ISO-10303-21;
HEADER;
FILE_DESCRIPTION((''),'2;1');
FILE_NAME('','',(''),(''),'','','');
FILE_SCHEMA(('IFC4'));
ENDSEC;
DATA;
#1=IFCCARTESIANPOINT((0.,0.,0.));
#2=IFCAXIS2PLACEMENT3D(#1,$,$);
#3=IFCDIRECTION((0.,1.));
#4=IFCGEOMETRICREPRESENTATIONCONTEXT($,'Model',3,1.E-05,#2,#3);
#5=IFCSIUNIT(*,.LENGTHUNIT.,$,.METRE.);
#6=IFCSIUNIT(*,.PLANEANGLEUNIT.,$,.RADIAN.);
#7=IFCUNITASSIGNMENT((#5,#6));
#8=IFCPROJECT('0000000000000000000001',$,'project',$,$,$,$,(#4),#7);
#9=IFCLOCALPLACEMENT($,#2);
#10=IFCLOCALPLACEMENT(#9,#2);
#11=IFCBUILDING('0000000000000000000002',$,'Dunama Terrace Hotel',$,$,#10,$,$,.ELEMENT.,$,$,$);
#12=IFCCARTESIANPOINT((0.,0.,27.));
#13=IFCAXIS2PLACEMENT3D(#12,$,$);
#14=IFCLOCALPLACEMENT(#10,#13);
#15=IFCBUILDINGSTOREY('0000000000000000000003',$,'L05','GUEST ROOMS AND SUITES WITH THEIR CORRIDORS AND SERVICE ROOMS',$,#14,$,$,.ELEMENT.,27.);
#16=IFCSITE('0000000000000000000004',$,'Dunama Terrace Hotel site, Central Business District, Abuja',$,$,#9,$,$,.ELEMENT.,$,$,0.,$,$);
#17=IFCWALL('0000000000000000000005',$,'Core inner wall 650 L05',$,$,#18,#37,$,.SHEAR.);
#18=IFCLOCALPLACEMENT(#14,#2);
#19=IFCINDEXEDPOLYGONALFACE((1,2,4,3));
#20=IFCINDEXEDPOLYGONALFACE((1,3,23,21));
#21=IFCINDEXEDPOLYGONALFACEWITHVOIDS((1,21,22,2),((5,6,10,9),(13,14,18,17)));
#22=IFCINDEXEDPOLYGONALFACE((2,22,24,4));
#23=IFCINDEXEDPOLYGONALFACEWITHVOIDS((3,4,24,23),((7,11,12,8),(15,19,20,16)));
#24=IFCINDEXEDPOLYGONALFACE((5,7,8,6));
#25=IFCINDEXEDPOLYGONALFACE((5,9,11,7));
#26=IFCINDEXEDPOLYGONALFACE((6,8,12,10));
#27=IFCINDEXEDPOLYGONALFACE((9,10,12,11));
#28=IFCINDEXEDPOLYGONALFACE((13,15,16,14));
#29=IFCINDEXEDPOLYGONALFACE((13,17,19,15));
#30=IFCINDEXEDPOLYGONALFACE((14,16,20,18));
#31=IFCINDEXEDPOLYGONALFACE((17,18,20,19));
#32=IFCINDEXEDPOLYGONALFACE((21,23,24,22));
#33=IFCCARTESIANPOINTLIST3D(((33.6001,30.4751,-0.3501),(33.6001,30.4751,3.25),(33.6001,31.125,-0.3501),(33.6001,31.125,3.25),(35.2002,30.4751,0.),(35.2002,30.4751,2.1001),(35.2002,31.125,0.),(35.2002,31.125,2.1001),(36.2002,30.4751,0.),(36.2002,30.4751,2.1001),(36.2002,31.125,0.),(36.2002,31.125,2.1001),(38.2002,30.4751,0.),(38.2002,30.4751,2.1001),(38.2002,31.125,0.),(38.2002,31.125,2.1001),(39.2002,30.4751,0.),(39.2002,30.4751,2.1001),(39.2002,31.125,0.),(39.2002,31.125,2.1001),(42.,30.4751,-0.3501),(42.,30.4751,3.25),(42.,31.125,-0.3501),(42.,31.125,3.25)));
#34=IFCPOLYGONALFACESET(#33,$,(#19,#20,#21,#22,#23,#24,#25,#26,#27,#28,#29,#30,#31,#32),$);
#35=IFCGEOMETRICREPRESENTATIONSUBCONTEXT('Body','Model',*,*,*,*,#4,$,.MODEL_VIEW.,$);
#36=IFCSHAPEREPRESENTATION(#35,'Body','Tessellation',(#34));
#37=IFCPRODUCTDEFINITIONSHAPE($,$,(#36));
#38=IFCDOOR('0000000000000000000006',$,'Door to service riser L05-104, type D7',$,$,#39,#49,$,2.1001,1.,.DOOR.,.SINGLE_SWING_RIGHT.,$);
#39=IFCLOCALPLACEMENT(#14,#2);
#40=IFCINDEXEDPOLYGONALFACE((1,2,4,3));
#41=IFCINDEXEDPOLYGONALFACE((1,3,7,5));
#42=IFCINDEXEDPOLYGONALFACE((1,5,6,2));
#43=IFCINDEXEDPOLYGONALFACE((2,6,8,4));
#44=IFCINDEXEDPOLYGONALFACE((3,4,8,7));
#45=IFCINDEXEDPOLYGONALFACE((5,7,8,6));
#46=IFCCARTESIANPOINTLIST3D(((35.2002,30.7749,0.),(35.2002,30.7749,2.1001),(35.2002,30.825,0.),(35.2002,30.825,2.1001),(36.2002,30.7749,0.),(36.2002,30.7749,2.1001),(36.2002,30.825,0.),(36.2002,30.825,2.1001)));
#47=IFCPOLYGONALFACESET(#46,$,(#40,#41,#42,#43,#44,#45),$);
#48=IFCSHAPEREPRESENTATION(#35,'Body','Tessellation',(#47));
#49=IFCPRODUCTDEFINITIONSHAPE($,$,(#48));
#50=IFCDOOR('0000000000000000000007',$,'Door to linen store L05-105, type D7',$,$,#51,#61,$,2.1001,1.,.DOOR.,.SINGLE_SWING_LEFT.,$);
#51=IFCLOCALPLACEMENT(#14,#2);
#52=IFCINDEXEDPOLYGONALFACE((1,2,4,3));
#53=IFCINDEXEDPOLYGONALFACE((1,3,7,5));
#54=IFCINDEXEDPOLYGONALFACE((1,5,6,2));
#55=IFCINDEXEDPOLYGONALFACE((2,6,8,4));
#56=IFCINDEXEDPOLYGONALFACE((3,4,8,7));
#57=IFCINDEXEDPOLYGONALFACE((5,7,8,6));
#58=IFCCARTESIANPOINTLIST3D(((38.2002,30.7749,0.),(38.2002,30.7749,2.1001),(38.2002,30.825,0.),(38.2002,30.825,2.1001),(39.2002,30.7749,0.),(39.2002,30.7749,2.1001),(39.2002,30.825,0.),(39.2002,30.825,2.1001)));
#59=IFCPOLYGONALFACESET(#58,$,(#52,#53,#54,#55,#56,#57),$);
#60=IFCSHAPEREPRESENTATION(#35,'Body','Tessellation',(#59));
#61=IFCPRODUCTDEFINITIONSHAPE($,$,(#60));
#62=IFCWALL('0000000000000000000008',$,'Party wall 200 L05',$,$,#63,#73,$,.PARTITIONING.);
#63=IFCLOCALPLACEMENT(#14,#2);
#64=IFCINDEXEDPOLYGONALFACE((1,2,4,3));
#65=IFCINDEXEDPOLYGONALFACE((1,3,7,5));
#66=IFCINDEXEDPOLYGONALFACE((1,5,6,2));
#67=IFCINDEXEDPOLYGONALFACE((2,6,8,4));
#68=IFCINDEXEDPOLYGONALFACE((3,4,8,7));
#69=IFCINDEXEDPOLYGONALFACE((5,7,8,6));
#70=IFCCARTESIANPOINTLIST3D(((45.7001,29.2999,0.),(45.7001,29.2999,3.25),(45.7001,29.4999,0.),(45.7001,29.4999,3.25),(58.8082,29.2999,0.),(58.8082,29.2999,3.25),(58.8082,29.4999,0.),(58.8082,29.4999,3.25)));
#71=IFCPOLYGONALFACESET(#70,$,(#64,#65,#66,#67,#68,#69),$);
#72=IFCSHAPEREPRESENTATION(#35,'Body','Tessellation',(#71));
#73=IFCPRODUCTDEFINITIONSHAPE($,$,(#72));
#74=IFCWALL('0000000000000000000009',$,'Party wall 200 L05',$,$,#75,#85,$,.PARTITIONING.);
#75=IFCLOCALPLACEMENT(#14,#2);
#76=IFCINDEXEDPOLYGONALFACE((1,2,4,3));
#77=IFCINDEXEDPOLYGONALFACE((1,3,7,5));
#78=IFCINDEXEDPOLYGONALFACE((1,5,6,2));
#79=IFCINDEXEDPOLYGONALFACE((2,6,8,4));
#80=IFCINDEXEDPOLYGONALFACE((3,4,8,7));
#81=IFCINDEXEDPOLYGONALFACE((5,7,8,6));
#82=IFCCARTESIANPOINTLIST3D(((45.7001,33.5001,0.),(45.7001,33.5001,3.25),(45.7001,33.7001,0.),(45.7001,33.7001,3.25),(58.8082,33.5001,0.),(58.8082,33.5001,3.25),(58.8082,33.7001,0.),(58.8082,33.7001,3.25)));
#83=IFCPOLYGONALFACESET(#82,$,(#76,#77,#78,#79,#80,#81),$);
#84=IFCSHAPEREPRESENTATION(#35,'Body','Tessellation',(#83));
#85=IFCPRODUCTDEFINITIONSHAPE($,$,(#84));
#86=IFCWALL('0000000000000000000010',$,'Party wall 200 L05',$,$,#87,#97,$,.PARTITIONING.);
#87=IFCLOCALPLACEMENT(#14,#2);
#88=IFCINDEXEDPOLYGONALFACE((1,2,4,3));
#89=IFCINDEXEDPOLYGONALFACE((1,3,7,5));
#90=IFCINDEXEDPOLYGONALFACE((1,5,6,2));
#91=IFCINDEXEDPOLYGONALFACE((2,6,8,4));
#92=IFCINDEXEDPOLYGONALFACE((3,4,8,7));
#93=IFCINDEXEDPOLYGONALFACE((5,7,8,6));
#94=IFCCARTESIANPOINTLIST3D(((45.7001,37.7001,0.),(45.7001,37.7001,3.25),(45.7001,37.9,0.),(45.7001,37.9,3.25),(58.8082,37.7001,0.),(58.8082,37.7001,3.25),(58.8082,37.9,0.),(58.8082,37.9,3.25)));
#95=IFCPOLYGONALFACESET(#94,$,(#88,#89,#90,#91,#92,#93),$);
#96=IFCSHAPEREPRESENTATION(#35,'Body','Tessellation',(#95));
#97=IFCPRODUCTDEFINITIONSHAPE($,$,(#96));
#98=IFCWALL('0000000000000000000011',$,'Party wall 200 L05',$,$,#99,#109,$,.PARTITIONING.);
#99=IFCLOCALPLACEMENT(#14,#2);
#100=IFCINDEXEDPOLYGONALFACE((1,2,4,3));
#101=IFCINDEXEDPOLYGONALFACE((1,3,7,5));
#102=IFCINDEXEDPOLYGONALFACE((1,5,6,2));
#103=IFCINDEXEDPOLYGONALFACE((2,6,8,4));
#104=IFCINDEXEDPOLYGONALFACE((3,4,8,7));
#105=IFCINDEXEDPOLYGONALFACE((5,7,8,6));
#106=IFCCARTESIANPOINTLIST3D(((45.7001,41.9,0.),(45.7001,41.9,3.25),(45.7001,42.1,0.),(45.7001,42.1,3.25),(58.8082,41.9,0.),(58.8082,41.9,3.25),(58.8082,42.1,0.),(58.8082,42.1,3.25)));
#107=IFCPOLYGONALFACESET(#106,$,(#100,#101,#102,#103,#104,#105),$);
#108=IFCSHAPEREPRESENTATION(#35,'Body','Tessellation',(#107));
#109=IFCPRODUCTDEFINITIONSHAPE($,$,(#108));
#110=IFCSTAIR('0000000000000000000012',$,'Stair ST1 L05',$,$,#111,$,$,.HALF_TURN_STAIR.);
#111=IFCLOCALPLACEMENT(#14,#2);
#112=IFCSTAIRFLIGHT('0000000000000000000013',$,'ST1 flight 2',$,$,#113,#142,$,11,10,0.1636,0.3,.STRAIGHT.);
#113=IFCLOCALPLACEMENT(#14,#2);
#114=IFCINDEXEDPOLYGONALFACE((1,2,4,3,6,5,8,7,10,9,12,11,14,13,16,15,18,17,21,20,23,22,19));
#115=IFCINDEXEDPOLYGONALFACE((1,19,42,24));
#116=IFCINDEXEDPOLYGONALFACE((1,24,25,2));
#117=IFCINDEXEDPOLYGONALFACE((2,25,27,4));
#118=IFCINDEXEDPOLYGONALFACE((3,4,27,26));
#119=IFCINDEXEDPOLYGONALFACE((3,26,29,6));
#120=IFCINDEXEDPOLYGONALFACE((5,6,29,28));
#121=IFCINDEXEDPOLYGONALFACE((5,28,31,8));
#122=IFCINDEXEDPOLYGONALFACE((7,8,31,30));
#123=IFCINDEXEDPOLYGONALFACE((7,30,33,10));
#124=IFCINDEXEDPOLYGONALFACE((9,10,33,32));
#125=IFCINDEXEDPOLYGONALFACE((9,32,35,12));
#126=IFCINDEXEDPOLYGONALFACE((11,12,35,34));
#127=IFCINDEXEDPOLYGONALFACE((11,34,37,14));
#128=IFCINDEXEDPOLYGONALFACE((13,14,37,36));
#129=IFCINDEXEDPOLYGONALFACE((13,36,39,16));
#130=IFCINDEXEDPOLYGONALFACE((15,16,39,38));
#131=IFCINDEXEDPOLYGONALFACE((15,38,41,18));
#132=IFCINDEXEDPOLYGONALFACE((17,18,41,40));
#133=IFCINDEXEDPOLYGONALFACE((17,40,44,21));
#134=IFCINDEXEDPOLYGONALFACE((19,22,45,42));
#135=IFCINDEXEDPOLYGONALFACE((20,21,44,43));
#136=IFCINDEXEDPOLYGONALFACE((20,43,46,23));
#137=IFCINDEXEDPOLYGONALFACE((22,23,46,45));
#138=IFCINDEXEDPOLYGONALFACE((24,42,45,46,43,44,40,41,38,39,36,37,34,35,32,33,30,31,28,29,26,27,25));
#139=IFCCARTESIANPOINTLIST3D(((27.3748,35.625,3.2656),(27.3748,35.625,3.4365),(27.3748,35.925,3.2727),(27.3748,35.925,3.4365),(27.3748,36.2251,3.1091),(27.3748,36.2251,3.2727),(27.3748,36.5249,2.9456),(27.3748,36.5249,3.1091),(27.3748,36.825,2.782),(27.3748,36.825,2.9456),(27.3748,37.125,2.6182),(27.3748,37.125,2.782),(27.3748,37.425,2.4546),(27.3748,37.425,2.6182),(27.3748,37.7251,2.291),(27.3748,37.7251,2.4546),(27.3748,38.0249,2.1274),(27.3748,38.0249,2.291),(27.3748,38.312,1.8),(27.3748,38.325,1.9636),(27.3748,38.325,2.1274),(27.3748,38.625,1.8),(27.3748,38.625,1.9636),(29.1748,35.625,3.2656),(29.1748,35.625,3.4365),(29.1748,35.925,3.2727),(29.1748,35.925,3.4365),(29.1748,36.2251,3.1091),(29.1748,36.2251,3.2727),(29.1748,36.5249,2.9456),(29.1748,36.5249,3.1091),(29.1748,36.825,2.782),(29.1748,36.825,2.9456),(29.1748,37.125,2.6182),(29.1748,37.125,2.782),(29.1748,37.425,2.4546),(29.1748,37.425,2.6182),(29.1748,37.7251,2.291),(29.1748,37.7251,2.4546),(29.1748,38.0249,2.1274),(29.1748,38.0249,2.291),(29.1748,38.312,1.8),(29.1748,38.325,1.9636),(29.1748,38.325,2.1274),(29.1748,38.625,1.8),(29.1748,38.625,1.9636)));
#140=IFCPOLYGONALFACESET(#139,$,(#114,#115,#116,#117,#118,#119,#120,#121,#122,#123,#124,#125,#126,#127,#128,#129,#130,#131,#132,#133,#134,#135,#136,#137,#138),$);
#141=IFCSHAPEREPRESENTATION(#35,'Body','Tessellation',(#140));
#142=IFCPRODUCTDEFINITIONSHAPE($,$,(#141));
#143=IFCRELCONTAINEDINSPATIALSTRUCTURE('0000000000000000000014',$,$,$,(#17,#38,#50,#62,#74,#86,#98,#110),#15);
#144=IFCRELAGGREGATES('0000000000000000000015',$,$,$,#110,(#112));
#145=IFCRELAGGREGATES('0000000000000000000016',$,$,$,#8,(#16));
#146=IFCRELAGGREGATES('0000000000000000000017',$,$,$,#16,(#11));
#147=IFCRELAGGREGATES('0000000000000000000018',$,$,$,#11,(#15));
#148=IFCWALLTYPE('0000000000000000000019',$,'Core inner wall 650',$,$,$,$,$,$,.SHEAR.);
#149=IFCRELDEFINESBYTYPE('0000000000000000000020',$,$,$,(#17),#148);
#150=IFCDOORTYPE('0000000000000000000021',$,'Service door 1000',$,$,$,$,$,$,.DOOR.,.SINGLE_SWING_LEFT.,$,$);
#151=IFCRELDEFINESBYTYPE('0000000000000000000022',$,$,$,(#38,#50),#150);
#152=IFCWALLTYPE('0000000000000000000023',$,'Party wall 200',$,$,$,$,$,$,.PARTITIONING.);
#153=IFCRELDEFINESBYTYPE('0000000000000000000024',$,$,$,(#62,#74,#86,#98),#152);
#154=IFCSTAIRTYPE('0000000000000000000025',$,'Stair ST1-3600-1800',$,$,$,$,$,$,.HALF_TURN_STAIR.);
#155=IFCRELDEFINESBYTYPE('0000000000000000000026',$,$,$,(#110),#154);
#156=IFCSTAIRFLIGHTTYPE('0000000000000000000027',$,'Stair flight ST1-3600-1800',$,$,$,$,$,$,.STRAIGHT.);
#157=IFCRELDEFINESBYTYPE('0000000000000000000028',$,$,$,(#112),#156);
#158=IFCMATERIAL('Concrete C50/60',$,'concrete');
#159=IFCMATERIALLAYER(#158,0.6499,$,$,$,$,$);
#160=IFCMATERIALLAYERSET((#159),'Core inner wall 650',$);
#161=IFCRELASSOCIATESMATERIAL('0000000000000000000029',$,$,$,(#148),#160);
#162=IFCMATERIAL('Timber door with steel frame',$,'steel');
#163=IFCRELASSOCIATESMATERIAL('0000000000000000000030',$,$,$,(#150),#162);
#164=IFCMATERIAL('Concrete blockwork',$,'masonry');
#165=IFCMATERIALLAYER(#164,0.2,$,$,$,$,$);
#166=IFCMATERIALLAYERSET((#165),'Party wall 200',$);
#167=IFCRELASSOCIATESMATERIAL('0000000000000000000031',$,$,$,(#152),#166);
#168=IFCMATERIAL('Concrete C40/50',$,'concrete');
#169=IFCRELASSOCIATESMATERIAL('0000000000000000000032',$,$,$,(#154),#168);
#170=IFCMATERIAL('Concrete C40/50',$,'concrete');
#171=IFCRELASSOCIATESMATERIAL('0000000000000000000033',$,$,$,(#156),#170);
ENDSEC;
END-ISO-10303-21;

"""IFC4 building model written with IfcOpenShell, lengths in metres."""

from ifc_helpers import new_model, si_unit, direction, frame, frame_2d, origin, place, context, subcontext, project, spatial, polyline, rectangle, outline, extrude, material, layer, layer_set, type_object, element, fill, aggregate, save


model = new_model("IFC4")

# Units and contexts
model_context = context("Model", 3, precision=1e-05, world=origin(), true_north=direction((0.0, 1.0)))
body_context = subcontext(model_context, "Body", "Model", "MODEL_VIEW")
ifc_project = project(units=[si_unit("LENGTHUNIT", "METRE"), si_unit("PLANEANGLEUNIT", "RADIAN")], contexts=[model_context])

# Site, building, storey
site_placement = place(None, origin())
site = spatial("IfcSite", under=ifc_project, at=site_placement, Name="Dunama Terrace Hotel site, Central Business District, Abuja", CompositionType="ELEMENT", RefElevation=0.0)
building_placement = place(site_placement, origin())
building = spatial("IfcBuilding", under=site, at=building_placement, Name="Dunama Terrace Hotel", CompositionType="ELEMENT")
storey_placement = place(building_placement, frame((0.0, 0.0, 27.0)))
storey = spatial("IfcBuildingStorey", under=building, at=storey_placement, Name="L05", Description="GUEST ROOMS AND SUITES WITH THEIR CORRIDORS AND SERVICE ROOMS", CompositionType="ELEMENT", Elevation=27.0)

# Wall, openings, doors
ifc_material_1 = material(Name="Concrete C50/60", Category="concrete")
ifc_layer_1 = layer(ifc_material_1, 0.6499)
ifc_layer_set_1 = layer_set([ifc_layer_1], Name="Core inner wall 650")
wall_type_1 = type_object("IfcWallType", Name="Core inner wall 650", PredefinedType="SHEAR", material=ifc_layer_set_1)
wall_1_placement = place(storey_placement, frame((33.6001, 30.8, -0.3501), z_axis=(0.0, 0.0, 1.0), x_axis=(1.0, 0.0, 0.0)))
wall_1 = element("IfcWall", 1, at=wall_1_placement, inside=storey, type_object=wall_type_1, Name="Core inner wall 650 L05", PredefinedType="SHEAR", context=body_context, shape_type="SweptSolid", body=[
    extrude(rectangle(XDim=8.3999, YDim=0.6499, at=frame_2d((4.2, 0.0))), origin(), (0.0, 0.0, 1.0), 3.6001),
])
opening_1_placement = place(wall_1_placement, frame((1.6001, 0.0, 0.3501)))
opening_1 = element("IfcOpeningElement", 2, at=opening_1_placement, cuts=wall_1, PredefinedType="OPENING", context=body_context, shape_type="SweptSolid", body=[
    extrude(rectangle(XDim=1.0, YDim=2.1001, at=frame_2d((0.5, 1.05))), frame((0.0, 0.335, 0.0), z_axis=(0.0, -1.0, 0.0), x_axis=(1.0, 0.0, 0.0)), (0.0, 0.0, 1.0), 0.6699),
])
opening_2_placement = place(wall_1_placement, frame((4.6001, 0.0, 0.3501)))
opening_2 = element("IfcOpeningElement", 3, at=opening_2_placement, cuts=wall_1, PredefinedType="OPENING", context=body_context, shape_type="SweptSolid", body=[
    extrude(rectangle(XDim=1.0, YDim=2.1001, at=frame_2d((0.5, 1.05))), frame((0.0, 0.335, 0.0), z_axis=(0.0, -1.0, 0.0), x_axis=(1.0, 0.0, 0.0)), (0.0, 0.0, 1.0), 0.6699),
])
ifc_material_2 = material(Name="Timber door with steel frame", Category="steel")
door_type_1 = type_object("IfcDoorType", Name="Service door 1000", OperationType="SINGLE_SWING_LEFT", PredefinedType="DOOR", material=ifc_material_2)
door_1_placement = place(opening_1_placement, origin())
door_1 = element("IfcDoor", 4, at=door_1_placement, inside=storey, type_object=door_type_1, Name="Door to service riser L05-104, type D7", OperationType="SINGLE_SWING_RIGHT", OverallHeight=2.1001, OverallWidth=1.0, PredefinedType="DOOR", context=body_context, shape_type="SweptSolid", body=[
    extrude(rectangle(XDim=1.0, YDim=2.1001, at=frame_2d((0.5, 1.05))), frame((0.0, 0.0249, 0.0), z_axis=(0.0, -1.0, 0.0), x_axis=(1.0, 0.0, 0.0)), (0.0, 0.0, 1.0), 0.05),
])
fill(opening_1, door_1)
door_2_placement = place(opening_2_placement, origin())
door_2 = element("IfcDoor", 5, at=door_2_placement, inside=storey, type_object=door_type_1, Name="Door to linen store L05-105, type D7", OperationType="SINGLE_SWING_LEFT", OverallHeight=2.1001, OverallWidth=1.0, PredefinedType="DOOR", context=body_context, shape_type="SweptSolid", body=[
    extrude(rectangle(XDim=1.0, YDim=2.1001, at=frame_2d((0.5, 1.05))), frame((0.0, 0.0249, 0.0), z_axis=(0.0, -1.0, 0.0), x_axis=(1.0, 0.0, 0.0)), (0.0, 0.0, 1.0), 0.05),
])
fill(opening_2, door_2)

# Walls
ifc_material_3 = material(Name="Concrete blockwork", Category="masonry")
ifc_layer_2 = layer(ifc_material_3, 0.2)
ifc_layer_set_2 = layer_set([ifc_layer_2], Name="Party wall 200")
wall_type_2 = type_object("IfcWallType", Name="Party wall 200", PredefinedType="PARTITIONING", material=ifc_layer_set_2)
for number, where, z_axis, x_axis, name in (
    (6, (45.7, 29.3999, 0.0), (0.0, 0.0, 1.0), (1.0, 0.0, 0.0), "Party wall 200 L05"),
    (7, (45.7, 33.6001, 0.0), (0.0, 0.0, 1.0), (1.0, 0.0, 0.0), "Party wall 200 L05"),
    (8, (45.7, 37.8, 0.0), (0.0, 0.0, 1.0), (1.0, 0.0, 0.0), "Party wall 200 L05"),
    (9, (45.7, 42.0, 0.0), (0.0, 0.0, 1.0), (1.0, 0.0, 0.0), "Party wall 200 L05"),
):
    element("IfcWall", number, at=place(storey_placement, frame(where, z_axis=z_axis, x_axis=x_axis)), inside=storey, type_object=wall_type_2, Name=name, PredefinedType="PARTITIONING", context=body_context, shape_type="SweptSolid", body=[
        extrude(rectangle(XDim=13.1082, YDim=0.2, at=frame_2d((6.5542, 0.0))), origin(), (0.0, 0.0, 1.0), 3.25),
    ])

# Stair, stair flight
ifc_material_4 = material(Name="Concrete C40/50", Category="concrete")
stair_type = type_object("IfcStairType", Name="Stair ST1-3600-1800", PredefinedType="HALF_TURN_STAIR", material=ifc_material_4)
stair_placement = place(storey_placement, origin())
stair = element("IfcStair", 10, at=stair_placement, inside=storey, type_object=stair_type, Name="Stair ST1 L05", PredefinedType="HALF_TURN_STAIR")
ifc_material_5 = material(Name="Concrete C40/50", Category="concrete")
stair_flight_type = type_object("IfcStairFlightType", Name="Stair flight ST1-3600-1800", PredefinedType="STRAIGHT", material=ifc_material_5)
stair_flight_placement = place(storey_placement, frame((28.2749, 38.625, 1.8), z_axis=(0.0, 0.0, 1.0), x_axis=(0.0, -1.0, 0.0)))
stair_flight = element("IfcStairFlight", 11, at=stair_flight_placement, type_object=stair_flight_type, Name="ST1 flight 2", NumberOfRisers=11, NumberOfTreads=10, PredefinedType="STRAIGHT", RiserHeight=0.1636, TreadLength=0.3, context=body_context, shape_type="SweptSolid", body=[
    extrude(outline(polyline([(0.0, 0.0), (0.0, 0.1636), (0.3, 0.1636), (0.3, 0.3274), (0.6001, 0.3274), (0.6001, 0.491), (0.8999, 0.491), (0.8999, 0.6545), (1.2, 0.6545), (1.2, 0.8181), (1.5, 0.8181), (1.5, 0.9819), (1.8, 0.9819), (1.8, 1.1455), (2.1001, 1.1455), (2.1001, 1.3091), (2.3999, 1.3091), (2.3999, 1.4727), (2.7, 1.4727), (2.7, 1.6365), (3.0, 1.6365), (3.0, 1.8), (3.0, 1.4656), (0.313, 0.0), (0.0, 0.0)])), frame((0.0, 0.8999, 0.0), z_axis=(0.0, -1.0, 0.0), x_axis=(1.0, 0.0, 0.0)), (0.0, 0.0, 1.0), 1.8),
])
aggregate(stair, [stair_flight])

save(model, "model.ifc")
